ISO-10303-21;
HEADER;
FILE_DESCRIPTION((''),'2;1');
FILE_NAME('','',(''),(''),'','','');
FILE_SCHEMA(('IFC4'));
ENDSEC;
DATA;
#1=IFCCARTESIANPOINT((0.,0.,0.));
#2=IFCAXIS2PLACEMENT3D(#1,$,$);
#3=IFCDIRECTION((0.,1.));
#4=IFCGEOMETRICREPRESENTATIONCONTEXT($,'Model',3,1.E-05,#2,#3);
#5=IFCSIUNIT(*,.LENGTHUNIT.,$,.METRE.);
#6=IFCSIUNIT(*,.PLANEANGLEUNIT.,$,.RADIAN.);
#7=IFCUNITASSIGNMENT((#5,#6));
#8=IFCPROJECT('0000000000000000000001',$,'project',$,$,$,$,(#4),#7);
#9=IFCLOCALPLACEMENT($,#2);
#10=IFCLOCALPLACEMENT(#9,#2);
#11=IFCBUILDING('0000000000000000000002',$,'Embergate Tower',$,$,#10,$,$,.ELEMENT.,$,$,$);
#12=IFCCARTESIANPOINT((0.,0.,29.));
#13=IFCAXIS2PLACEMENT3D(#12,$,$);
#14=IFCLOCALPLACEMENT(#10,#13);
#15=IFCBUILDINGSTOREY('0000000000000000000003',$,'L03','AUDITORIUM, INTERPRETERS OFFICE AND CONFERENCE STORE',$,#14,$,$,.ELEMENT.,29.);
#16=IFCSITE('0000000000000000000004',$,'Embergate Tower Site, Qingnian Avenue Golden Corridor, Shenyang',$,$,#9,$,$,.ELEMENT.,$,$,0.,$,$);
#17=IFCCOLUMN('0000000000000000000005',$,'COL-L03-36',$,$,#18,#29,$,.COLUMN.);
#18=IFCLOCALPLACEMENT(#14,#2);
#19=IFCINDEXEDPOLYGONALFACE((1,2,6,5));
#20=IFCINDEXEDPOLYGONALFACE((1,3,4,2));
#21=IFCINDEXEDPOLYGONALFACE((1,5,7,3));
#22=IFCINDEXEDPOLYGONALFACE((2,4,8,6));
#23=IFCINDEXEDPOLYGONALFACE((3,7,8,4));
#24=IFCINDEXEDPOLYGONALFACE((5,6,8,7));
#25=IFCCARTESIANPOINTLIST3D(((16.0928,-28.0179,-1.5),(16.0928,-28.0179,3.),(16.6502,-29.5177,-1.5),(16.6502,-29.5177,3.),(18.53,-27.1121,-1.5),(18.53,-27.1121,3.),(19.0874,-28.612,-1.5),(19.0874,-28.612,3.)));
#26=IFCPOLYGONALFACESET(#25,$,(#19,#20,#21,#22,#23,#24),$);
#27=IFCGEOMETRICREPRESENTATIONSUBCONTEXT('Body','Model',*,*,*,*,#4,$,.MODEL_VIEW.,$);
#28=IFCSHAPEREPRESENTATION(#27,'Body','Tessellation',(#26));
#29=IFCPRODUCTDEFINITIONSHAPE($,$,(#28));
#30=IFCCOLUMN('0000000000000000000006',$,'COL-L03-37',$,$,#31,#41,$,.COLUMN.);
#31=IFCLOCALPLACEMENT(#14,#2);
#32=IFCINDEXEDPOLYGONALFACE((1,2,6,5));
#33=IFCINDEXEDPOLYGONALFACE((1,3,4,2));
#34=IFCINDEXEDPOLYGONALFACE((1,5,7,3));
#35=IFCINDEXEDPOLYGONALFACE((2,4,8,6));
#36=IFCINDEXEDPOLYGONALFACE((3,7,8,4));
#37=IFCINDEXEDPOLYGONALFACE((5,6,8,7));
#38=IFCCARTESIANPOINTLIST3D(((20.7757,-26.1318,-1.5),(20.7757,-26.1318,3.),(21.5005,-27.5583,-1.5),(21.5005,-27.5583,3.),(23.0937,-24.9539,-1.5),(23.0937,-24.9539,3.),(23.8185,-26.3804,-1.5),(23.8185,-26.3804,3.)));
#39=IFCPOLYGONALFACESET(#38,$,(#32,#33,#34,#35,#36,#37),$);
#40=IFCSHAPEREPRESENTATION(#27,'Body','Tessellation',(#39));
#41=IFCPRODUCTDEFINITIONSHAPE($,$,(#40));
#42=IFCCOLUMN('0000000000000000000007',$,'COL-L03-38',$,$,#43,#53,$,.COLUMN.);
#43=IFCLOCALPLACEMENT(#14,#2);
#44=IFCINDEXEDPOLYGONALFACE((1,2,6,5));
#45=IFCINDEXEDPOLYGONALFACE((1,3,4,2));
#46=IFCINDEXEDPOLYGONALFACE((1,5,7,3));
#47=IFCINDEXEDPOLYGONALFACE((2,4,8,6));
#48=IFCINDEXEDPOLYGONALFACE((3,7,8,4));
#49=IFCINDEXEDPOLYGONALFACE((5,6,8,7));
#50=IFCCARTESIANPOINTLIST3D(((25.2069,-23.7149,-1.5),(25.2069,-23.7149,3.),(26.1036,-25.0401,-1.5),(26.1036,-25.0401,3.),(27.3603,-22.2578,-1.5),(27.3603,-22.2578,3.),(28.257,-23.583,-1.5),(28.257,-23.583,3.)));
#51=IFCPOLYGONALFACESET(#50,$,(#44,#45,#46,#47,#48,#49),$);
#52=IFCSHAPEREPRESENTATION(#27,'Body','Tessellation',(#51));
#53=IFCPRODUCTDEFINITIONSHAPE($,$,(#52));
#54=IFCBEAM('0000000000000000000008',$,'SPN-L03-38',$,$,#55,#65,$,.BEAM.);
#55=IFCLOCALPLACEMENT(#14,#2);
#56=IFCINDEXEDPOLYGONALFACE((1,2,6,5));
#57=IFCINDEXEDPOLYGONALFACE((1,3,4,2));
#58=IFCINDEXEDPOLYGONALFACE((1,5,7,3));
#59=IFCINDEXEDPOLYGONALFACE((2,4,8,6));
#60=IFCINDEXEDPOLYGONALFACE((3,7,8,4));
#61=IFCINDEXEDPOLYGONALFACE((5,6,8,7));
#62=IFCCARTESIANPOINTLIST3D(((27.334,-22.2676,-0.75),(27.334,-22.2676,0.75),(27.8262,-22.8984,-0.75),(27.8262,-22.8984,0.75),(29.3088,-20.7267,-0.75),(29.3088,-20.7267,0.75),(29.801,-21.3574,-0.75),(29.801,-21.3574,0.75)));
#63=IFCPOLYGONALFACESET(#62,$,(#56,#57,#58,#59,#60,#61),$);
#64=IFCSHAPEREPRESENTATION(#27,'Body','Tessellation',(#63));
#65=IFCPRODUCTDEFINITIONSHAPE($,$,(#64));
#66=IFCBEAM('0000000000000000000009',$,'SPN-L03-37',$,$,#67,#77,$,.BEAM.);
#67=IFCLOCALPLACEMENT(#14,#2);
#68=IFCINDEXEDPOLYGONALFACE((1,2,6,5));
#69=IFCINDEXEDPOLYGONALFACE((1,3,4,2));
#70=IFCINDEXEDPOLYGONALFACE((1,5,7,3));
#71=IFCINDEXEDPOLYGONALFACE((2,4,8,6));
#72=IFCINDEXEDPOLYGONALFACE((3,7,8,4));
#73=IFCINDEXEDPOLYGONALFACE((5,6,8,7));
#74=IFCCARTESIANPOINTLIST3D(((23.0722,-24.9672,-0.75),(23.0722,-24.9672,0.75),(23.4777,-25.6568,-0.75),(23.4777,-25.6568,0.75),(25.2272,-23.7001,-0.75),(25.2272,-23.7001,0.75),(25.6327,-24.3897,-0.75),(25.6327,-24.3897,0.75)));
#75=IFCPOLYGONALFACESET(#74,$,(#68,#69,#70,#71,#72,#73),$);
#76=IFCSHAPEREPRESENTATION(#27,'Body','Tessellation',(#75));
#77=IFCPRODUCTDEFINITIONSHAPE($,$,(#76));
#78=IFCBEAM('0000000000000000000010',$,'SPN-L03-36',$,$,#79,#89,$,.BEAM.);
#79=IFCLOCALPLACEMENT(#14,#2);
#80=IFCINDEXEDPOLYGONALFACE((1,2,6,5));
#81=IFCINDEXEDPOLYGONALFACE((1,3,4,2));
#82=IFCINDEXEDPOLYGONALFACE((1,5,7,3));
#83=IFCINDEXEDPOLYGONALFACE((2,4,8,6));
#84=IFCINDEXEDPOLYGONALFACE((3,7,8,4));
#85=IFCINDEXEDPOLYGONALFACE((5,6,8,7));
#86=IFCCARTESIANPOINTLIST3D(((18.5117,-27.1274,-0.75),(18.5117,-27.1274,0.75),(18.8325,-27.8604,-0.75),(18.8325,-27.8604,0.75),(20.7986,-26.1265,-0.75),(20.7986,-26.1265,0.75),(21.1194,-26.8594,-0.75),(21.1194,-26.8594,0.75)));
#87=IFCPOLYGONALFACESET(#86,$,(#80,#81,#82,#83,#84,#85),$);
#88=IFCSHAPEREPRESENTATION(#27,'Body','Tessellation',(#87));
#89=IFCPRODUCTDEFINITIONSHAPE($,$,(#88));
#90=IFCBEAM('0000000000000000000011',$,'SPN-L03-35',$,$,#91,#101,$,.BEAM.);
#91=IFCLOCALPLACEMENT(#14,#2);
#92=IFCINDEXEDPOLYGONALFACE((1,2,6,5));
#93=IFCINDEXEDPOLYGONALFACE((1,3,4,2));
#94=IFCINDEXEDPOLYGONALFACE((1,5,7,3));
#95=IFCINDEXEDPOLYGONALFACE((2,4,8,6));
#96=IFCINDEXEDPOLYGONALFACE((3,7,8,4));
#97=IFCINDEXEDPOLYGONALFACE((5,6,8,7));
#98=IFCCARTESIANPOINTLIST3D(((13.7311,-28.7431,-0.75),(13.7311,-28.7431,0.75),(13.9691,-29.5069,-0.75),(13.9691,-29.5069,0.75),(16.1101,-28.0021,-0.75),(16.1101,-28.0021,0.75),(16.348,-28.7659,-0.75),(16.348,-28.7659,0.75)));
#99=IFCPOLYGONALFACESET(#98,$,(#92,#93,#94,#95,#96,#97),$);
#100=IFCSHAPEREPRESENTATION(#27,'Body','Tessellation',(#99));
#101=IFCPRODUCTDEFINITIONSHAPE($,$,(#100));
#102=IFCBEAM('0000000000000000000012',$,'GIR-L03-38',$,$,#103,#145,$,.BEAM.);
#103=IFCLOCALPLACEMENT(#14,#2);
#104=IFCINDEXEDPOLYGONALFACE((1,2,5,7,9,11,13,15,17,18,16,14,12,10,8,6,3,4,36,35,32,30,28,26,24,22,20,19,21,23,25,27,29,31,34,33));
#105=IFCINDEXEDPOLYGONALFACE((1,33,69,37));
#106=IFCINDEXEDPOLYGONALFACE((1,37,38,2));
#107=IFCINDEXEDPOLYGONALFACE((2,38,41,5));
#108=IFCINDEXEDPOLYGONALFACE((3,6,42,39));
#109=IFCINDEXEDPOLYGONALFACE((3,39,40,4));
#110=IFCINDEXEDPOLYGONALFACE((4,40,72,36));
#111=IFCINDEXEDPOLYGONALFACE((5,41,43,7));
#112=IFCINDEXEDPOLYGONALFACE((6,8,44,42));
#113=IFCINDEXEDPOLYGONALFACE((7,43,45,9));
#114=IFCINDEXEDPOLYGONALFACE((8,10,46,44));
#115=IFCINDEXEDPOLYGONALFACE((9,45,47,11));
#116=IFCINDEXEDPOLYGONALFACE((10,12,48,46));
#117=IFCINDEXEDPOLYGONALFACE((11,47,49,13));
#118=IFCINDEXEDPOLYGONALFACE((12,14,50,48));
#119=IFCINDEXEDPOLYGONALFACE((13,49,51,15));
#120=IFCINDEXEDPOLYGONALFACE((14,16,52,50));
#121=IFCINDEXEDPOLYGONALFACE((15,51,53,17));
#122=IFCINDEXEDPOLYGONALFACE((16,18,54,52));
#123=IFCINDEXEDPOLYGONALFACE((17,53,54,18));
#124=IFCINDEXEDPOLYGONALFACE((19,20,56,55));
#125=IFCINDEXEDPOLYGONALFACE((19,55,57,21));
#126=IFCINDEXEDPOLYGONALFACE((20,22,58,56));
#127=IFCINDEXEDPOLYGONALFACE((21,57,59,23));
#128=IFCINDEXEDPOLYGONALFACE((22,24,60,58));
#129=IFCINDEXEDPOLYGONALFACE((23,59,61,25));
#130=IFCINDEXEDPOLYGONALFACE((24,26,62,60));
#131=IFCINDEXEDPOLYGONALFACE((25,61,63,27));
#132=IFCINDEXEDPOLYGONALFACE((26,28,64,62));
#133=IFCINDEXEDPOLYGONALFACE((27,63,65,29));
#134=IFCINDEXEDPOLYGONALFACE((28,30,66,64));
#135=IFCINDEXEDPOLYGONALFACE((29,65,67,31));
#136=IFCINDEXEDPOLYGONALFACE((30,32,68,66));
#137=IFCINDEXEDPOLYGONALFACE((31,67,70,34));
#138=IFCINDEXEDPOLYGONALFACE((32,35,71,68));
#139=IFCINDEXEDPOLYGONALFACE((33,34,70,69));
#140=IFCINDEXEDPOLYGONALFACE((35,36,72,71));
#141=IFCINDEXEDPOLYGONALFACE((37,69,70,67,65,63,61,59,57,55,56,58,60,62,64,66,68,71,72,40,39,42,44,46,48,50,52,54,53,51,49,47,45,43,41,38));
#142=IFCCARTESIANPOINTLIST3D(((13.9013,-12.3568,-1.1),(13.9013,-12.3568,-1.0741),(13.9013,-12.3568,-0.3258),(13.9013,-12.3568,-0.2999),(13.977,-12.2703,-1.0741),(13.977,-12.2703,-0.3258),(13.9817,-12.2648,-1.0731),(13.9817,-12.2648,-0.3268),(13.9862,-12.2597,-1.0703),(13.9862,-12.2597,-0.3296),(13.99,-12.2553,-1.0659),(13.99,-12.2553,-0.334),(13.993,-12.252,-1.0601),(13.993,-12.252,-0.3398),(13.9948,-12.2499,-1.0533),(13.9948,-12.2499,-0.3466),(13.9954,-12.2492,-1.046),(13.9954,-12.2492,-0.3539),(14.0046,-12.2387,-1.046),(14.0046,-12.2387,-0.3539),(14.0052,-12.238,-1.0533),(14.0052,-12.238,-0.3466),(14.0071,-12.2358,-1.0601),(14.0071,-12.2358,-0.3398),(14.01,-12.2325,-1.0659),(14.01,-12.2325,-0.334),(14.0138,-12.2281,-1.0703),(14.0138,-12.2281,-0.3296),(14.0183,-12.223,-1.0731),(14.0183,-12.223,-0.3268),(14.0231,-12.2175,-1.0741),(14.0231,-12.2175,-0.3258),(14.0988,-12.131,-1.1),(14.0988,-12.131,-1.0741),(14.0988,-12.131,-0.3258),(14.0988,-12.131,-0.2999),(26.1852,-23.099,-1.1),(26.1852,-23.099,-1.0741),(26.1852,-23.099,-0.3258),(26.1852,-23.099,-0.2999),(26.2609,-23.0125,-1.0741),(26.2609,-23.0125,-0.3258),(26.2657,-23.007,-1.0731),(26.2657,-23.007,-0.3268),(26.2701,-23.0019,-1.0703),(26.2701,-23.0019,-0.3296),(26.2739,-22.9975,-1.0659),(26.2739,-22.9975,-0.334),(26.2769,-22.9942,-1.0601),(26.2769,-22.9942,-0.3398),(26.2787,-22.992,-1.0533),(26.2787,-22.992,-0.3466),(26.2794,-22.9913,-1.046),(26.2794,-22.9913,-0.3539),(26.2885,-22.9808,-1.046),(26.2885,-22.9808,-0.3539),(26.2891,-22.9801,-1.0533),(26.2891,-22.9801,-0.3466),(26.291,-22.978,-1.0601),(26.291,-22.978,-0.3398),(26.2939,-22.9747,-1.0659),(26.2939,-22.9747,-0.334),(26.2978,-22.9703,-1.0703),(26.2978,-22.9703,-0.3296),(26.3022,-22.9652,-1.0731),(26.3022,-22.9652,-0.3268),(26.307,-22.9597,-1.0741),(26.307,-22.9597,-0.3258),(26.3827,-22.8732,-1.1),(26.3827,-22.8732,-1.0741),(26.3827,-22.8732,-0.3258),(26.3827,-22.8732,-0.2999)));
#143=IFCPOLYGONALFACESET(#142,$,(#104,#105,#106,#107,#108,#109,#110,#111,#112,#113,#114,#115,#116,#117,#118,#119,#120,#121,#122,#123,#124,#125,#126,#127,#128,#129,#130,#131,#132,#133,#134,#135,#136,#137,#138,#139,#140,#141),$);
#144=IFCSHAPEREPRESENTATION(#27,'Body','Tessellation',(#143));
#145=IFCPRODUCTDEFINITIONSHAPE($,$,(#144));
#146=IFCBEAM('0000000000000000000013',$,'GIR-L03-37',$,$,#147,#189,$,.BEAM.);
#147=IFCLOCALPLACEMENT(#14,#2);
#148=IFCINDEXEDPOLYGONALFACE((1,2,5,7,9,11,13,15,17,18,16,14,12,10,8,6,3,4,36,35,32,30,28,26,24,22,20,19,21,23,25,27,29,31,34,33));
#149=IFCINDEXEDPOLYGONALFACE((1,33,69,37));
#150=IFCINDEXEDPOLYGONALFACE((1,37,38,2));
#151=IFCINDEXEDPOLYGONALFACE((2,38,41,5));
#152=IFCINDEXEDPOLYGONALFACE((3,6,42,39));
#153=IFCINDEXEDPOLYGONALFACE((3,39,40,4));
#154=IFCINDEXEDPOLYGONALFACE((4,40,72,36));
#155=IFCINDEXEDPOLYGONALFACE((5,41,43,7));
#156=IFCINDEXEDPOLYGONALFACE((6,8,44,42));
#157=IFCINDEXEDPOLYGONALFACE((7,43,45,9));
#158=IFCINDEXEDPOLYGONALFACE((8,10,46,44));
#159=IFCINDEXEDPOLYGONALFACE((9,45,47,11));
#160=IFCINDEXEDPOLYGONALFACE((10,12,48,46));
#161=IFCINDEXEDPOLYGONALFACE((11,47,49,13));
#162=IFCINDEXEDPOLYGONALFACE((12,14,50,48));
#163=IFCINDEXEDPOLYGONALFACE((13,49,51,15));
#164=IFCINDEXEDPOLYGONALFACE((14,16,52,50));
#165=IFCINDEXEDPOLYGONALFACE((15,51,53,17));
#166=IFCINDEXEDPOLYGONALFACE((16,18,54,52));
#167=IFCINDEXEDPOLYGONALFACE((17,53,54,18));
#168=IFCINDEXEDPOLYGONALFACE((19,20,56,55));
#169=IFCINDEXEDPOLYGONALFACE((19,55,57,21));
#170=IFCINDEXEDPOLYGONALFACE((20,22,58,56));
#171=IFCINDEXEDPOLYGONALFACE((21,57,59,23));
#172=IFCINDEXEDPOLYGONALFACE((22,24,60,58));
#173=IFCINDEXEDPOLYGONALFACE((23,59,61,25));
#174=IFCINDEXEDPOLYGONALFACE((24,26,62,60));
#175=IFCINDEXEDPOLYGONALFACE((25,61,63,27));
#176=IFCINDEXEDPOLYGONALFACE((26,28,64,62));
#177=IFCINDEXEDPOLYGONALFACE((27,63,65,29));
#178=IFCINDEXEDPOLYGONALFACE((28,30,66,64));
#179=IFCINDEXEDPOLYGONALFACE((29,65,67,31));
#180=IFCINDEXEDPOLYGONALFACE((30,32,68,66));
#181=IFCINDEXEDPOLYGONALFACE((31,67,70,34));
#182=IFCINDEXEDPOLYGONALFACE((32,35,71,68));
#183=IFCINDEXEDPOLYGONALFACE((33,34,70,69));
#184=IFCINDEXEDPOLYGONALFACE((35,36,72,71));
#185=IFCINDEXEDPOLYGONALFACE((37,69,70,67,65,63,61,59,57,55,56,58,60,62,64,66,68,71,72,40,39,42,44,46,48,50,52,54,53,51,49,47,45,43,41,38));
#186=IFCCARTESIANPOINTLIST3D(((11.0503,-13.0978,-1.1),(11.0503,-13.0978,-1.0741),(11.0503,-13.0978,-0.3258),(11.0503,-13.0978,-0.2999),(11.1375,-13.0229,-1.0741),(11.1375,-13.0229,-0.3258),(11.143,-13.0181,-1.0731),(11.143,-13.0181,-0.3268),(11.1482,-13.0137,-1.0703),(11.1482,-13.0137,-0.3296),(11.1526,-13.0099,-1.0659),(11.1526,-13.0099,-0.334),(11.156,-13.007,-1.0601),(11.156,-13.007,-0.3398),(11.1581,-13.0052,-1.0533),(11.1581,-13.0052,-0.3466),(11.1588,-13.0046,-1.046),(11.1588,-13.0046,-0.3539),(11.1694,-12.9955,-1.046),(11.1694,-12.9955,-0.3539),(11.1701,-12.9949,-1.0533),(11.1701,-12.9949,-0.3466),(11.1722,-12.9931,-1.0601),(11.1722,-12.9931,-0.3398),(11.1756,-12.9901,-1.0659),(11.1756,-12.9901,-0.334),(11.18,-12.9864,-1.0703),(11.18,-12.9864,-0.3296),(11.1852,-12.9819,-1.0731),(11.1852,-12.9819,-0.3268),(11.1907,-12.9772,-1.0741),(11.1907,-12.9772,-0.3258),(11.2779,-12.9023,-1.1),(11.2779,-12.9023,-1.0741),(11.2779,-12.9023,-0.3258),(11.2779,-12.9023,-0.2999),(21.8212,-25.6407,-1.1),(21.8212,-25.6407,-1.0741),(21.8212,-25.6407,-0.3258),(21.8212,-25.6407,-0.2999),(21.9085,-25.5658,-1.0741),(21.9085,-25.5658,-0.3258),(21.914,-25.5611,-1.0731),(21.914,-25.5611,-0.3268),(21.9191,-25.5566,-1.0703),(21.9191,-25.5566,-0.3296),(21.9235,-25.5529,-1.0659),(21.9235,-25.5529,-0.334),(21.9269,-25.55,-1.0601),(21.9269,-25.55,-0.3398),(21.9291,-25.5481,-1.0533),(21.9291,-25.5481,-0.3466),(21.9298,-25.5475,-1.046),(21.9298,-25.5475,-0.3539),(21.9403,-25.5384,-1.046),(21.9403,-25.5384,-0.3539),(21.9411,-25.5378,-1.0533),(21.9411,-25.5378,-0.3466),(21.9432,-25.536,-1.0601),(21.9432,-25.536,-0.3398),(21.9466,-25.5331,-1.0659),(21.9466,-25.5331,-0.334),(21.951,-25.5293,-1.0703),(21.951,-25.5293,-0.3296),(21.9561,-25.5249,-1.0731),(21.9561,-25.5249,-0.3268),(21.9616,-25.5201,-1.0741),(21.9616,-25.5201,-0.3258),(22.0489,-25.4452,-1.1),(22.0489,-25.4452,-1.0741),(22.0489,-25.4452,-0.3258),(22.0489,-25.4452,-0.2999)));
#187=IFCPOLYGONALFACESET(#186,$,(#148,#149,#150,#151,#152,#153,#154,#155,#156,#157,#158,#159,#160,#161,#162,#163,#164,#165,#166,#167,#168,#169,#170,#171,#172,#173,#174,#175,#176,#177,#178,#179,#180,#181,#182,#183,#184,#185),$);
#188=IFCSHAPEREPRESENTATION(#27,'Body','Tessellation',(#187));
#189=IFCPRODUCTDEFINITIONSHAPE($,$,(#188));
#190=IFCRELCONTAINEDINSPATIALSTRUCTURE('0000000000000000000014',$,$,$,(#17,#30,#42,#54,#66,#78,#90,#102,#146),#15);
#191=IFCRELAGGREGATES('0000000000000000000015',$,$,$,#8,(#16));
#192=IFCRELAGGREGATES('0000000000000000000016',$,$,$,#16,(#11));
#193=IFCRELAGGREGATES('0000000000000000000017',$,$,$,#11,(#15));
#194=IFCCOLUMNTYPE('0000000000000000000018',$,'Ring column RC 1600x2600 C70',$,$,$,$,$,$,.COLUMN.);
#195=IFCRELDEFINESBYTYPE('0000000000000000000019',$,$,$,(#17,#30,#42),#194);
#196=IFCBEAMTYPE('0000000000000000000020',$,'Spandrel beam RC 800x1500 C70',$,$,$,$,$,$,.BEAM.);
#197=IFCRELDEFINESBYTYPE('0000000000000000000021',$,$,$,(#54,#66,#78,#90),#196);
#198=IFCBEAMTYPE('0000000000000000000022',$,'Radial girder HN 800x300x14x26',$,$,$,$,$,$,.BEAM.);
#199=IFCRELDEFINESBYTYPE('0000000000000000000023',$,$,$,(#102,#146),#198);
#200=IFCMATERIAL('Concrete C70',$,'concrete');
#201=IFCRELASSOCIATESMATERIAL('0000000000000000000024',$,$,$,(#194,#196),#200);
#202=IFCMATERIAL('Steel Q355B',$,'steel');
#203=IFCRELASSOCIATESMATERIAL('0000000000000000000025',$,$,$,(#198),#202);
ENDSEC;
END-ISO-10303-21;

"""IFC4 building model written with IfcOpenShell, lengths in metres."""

from ifc_helpers import new_model, si_unit, direction, frame, origin, origin_2d, place, context, subcontext, project, spatial, rectangle, i_section, extrude, source, transform, mapped, material, material_profile, profile_set, type_object, element, save


model = new_model("IFC4")

# Units and contexts
model_context = context("Model", 3, precision=1e-05, world=origin(), true_north=direction((0.0, 1.0)))
body_context = subcontext(model_context, "Body", "Model", "MODEL_VIEW")
ifc_project = project(units=[si_unit("LENGTHUNIT", "METRE"), si_unit("PLANEANGLEUNIT", "RADIAN")], contexts=[model_context])

# Site, building, storey
site_placement = place(None, origin())
site = spatial("IfcSite", under=ifc_project, at=site_placement, Name="Embergate Tower Site, Qingnian Avenue Golden Corridor, Shenyang", CompositionType="ELEMENT", RefElevation=0.0)
building_placement = place(site_placement, origin())
building = spatial("IfcBuilding", under=site, at=building_placement, Name="Embergate Tower", CompositionType="ELEMENT")
storey_placement = place(building_placement, frame((0.0, 0.0, 29.0)))
storey = spatial("IfcBuildingStorey", under=building, at=storey_placement, Name="L03", Description="AUDITORIUM, INTERPRETERS OFFICE AND CONFERENCE STORE", CompositionType="ELEMENT", Elevation=29.0)

# Columns
ifc_material_1 = material(Name="Concrete C70", Category="concrete")
ifc_material_profile_1 = material_profile(ifc_material_1, rectangle(XDim=1.6001, YDim=2.6001, at=origin_2d()), Name="RC 1600x2600")
ifc_profile_set_1 = profile_set([ifc_material_profile_1], Name="Concrete C70")
column_type = type_object("IfcColumnType", Name="Ring column RC 1600x2600 C70", PredefinedType="COLUMN", material=ifc_profile_set_1)
shared_shape_1 = source(origin(), body_context, "Body", "SweptSolid", [
    extrude(rectangle(XDim=1.6001, YDim=2.6001, at=origin_2d()), origin(), (0.0, 0.0, 1.0), 4.5),
])
for number, where, z_axis, x_axis, name in (
    (1, (17.5901, -28.3149, -1.5), (0.0, 0.0, 1.0), (0.348343, -0.937367, 0.0), "COL-L03-36"),
    (2, (22.2971, -26.2561, -1.5), (0.0, 0.0, 1.0), (0.453011, -0.891505, 0.0), "COL-L03-37"),
    (3, (26.7319, -23.6489, -1.5), (0.0, 0.0, 1.0), (0.560408, -0.828217, 0.0), "COL-L03-38"),
):
    element("IfcColumn", number, at=place(storey_placement, frame(where, z_axis=z_axis, x_axis=x_axis)), inside=storey, type_object=column_type, Name=name, PredefinedType="COLUMN", context=body_context, shape_type="MappedRepresentation", body=[
        mapped(shared_shape_1, transform((0.0, 0.0, 0.0))),
    ])

# Beams
ifc_material_profile_2 = material_profile(ifc_material_1, rectangle(XDim=0.8, YDim=1.5, at=origin_2d()), Name="RC 800x1500")
ifc_profile_set_2 = profile_set([ifc_material_profile_2], Name="Concrete C70")
beam_type_1 = type_object("IfcBeamType", Name="Spandrel beam RC 800x1500 C70", PredefinedType="BEAM", material=ifc_profile_set_2)
shared_shape_2 = source(origin(), body_context, "Body", "SweptSolid", [
    extrude(rectangle(XDim=0.8, YDim=1.5, at=origin_2d()), origin(), (0.0, 0.0, 1.0), 2.5049),
])
beam_1_placement = place(storey_placement, frame((27.5801, -22.583, 0.0), z_axis=(0.78838, 0.615188, 0.0), x_axis=(-0.615188, 0.78838, 0.0)))
element("IfcBeam", 4, at=beam_1_placement, inside=storey, type_object=beam_type_1, Name="SPN-L03-38", PredefinedType="BEAM", context=body_context, shape_type="MappedRepresentation", body=[
    mapped(shared_shape_2, transform((0.0, 0.0, 0.0))),
])
shared_shape_3 = source(origin(), body_context, "Body", "SweptSolid", [
    extrude(rectangle(XDim=0.8, YDim=1.5, at=origin_2d()), origin(), (0.0, 0.0, 1.0), 2.5),
])
beam_2_placement = place(storey_placement, frame((23.2749, -25.312, 0.0), z_axis=(0.862035, 0.506849, 0.0), x_axis=(-0.506849, 0.862035, 0.0)))
element("IfcBeam", 5, at=beam_2_placement, inside=storey, type_object=beam_type_1, Name="SPN-L03-37", PredefinedType="BEAM", context=body_context, shape_type="MappedRepresentation", body=[
    mapped(shared_shape_3, transform((0.0, 0.0, 0.0))),
])
shared_shape_4 = source(origin(), body_context, "Body", "SweptSolid", [
    extrude(rectangle(XDim=0.8, YDim=1.5, at=origin_2d()), origin(), (0.0, 0.0, 1.0), 2.4963),
])
beam_3_placement = place(storey_placement, frame((18.6721, -27.4939, 0.0), z_axis=(0.916088, 0.400978, 0.0), x_axis=(-0.400978, 0.916088, 0.0)))
element("IfcBeam", 6, at=beam_3_placement, inside=storey, type_object=beam_type_1, Name="SPN-L03-36", PredefinedType="BEAM", context=body_context, shape_type="MappedRepresentation", body=[
    mapped(shared_shape_4, transform((0.0, 0.0, 0.0))),
])
shared_shape_5 = source(origin(), body_context, "Body", "SweptSolid", [
    extrude(rectangle(XDim=0.8, YDim=1.5, at=origin_2d()), origin(), (0.0, 0.0, 1.0), 2.4917),
])
beam_4_placement = place(storey_placement, frame((13.8501, -29.125, 0.0), z_axis=(0.954759, 0.297382, 0.0), x_axis=(-0.297382, 0.954759, 0.0)))
element("IfcBeam", 7, at=beam_4_placement, inside=storey, type_object=beam_type_1, Name="SPN-L03-35", PredefinedType="BEAM", context=body_context, shape_type="MappedRepresentation", body=[
    mapped(shared_shape_5, transform((0.0, 0.0, 0.0))),
])
ifc_material_2 = material(Name="Steel Q355B", Category="steel")
ifc_material_profile_3 = material_profile(ifc_material_2, i_section(OverallWidth=0.3, OverallDepth=0.8, WebThickness=0.0139, FlangeThickness=0.0259, FilletRadius=0.0281, at=origin_2d()), Name="HN 800x300x14x26")
ifc_profile_set_3 = profile_set([ifc_material_profile_3], Name="Steel Q355 grade B")
beam_type_2 = type_object("IfcBeamType", Name="Radial girder HN 800x300x14x26", PredefinedType="BEAM", material=ifc_profile_set_3)
shared_shape_6 = source(origin(), body_context, "Body", "SweptSolid", [
    extrude(i_section(OverallWidth=0.3, OverallDepth=0.8, WebThickness=0.0139, FlangeThickness=0.0259, FilletRadius=0.0281, at=origin_2d()), origin(), (0.0, 0.0, 1.0), 16.3184),
])
beam_5_placement = place(storey_placement, frame((26.2839, -22.9861, -0.7), z_axis=(-0.752767, 0.658287, 0.0), x_axis=(-0.658287, -0.752767, 0.0)))
element("IfcBeam", 8, at=beam_5_placement, inside=storey, type_object=beam_type_2, Name="GIR-L03-38", PredefinedType="BEAM", context=body_context, shape_type="MappedRepresentation", body=[
    mapped(shared_shape_6, transform((0.0, 0.0, 0.0))),
])
shared_shape_7 = source(origin(), body_context, "Body", "SweptSolid", [
    extrude(i_section(OverallWidth=0.3, OverallDepth=0.8, WebThickness=0.0139, FlangeThickness=0.0259, FilletRadius=0.0281, at=origin_2d()), origin(), (0.0, 0.0, 1.0), 16.533),
])
beam_6_placement = place(storey_placement, frame((21.9351, -25.543, -0.7), z_axis=(-0.651484, 0.758662, 0.0), x_axis=(-0.758662, -0.651484, 0.0)))
element("IfcBeam", 9, at=beam_6_placement, inside=storey, type_object=beam_type_2, Name="GIR-L03-37", PredefinedType="BEAM", context=body_context, shape_type="MappedRepresentation", body=[
    mapped(shared_shape_7, transform((0.0, 0.0, 0.0))),
])

save(model, "model.ifc")
